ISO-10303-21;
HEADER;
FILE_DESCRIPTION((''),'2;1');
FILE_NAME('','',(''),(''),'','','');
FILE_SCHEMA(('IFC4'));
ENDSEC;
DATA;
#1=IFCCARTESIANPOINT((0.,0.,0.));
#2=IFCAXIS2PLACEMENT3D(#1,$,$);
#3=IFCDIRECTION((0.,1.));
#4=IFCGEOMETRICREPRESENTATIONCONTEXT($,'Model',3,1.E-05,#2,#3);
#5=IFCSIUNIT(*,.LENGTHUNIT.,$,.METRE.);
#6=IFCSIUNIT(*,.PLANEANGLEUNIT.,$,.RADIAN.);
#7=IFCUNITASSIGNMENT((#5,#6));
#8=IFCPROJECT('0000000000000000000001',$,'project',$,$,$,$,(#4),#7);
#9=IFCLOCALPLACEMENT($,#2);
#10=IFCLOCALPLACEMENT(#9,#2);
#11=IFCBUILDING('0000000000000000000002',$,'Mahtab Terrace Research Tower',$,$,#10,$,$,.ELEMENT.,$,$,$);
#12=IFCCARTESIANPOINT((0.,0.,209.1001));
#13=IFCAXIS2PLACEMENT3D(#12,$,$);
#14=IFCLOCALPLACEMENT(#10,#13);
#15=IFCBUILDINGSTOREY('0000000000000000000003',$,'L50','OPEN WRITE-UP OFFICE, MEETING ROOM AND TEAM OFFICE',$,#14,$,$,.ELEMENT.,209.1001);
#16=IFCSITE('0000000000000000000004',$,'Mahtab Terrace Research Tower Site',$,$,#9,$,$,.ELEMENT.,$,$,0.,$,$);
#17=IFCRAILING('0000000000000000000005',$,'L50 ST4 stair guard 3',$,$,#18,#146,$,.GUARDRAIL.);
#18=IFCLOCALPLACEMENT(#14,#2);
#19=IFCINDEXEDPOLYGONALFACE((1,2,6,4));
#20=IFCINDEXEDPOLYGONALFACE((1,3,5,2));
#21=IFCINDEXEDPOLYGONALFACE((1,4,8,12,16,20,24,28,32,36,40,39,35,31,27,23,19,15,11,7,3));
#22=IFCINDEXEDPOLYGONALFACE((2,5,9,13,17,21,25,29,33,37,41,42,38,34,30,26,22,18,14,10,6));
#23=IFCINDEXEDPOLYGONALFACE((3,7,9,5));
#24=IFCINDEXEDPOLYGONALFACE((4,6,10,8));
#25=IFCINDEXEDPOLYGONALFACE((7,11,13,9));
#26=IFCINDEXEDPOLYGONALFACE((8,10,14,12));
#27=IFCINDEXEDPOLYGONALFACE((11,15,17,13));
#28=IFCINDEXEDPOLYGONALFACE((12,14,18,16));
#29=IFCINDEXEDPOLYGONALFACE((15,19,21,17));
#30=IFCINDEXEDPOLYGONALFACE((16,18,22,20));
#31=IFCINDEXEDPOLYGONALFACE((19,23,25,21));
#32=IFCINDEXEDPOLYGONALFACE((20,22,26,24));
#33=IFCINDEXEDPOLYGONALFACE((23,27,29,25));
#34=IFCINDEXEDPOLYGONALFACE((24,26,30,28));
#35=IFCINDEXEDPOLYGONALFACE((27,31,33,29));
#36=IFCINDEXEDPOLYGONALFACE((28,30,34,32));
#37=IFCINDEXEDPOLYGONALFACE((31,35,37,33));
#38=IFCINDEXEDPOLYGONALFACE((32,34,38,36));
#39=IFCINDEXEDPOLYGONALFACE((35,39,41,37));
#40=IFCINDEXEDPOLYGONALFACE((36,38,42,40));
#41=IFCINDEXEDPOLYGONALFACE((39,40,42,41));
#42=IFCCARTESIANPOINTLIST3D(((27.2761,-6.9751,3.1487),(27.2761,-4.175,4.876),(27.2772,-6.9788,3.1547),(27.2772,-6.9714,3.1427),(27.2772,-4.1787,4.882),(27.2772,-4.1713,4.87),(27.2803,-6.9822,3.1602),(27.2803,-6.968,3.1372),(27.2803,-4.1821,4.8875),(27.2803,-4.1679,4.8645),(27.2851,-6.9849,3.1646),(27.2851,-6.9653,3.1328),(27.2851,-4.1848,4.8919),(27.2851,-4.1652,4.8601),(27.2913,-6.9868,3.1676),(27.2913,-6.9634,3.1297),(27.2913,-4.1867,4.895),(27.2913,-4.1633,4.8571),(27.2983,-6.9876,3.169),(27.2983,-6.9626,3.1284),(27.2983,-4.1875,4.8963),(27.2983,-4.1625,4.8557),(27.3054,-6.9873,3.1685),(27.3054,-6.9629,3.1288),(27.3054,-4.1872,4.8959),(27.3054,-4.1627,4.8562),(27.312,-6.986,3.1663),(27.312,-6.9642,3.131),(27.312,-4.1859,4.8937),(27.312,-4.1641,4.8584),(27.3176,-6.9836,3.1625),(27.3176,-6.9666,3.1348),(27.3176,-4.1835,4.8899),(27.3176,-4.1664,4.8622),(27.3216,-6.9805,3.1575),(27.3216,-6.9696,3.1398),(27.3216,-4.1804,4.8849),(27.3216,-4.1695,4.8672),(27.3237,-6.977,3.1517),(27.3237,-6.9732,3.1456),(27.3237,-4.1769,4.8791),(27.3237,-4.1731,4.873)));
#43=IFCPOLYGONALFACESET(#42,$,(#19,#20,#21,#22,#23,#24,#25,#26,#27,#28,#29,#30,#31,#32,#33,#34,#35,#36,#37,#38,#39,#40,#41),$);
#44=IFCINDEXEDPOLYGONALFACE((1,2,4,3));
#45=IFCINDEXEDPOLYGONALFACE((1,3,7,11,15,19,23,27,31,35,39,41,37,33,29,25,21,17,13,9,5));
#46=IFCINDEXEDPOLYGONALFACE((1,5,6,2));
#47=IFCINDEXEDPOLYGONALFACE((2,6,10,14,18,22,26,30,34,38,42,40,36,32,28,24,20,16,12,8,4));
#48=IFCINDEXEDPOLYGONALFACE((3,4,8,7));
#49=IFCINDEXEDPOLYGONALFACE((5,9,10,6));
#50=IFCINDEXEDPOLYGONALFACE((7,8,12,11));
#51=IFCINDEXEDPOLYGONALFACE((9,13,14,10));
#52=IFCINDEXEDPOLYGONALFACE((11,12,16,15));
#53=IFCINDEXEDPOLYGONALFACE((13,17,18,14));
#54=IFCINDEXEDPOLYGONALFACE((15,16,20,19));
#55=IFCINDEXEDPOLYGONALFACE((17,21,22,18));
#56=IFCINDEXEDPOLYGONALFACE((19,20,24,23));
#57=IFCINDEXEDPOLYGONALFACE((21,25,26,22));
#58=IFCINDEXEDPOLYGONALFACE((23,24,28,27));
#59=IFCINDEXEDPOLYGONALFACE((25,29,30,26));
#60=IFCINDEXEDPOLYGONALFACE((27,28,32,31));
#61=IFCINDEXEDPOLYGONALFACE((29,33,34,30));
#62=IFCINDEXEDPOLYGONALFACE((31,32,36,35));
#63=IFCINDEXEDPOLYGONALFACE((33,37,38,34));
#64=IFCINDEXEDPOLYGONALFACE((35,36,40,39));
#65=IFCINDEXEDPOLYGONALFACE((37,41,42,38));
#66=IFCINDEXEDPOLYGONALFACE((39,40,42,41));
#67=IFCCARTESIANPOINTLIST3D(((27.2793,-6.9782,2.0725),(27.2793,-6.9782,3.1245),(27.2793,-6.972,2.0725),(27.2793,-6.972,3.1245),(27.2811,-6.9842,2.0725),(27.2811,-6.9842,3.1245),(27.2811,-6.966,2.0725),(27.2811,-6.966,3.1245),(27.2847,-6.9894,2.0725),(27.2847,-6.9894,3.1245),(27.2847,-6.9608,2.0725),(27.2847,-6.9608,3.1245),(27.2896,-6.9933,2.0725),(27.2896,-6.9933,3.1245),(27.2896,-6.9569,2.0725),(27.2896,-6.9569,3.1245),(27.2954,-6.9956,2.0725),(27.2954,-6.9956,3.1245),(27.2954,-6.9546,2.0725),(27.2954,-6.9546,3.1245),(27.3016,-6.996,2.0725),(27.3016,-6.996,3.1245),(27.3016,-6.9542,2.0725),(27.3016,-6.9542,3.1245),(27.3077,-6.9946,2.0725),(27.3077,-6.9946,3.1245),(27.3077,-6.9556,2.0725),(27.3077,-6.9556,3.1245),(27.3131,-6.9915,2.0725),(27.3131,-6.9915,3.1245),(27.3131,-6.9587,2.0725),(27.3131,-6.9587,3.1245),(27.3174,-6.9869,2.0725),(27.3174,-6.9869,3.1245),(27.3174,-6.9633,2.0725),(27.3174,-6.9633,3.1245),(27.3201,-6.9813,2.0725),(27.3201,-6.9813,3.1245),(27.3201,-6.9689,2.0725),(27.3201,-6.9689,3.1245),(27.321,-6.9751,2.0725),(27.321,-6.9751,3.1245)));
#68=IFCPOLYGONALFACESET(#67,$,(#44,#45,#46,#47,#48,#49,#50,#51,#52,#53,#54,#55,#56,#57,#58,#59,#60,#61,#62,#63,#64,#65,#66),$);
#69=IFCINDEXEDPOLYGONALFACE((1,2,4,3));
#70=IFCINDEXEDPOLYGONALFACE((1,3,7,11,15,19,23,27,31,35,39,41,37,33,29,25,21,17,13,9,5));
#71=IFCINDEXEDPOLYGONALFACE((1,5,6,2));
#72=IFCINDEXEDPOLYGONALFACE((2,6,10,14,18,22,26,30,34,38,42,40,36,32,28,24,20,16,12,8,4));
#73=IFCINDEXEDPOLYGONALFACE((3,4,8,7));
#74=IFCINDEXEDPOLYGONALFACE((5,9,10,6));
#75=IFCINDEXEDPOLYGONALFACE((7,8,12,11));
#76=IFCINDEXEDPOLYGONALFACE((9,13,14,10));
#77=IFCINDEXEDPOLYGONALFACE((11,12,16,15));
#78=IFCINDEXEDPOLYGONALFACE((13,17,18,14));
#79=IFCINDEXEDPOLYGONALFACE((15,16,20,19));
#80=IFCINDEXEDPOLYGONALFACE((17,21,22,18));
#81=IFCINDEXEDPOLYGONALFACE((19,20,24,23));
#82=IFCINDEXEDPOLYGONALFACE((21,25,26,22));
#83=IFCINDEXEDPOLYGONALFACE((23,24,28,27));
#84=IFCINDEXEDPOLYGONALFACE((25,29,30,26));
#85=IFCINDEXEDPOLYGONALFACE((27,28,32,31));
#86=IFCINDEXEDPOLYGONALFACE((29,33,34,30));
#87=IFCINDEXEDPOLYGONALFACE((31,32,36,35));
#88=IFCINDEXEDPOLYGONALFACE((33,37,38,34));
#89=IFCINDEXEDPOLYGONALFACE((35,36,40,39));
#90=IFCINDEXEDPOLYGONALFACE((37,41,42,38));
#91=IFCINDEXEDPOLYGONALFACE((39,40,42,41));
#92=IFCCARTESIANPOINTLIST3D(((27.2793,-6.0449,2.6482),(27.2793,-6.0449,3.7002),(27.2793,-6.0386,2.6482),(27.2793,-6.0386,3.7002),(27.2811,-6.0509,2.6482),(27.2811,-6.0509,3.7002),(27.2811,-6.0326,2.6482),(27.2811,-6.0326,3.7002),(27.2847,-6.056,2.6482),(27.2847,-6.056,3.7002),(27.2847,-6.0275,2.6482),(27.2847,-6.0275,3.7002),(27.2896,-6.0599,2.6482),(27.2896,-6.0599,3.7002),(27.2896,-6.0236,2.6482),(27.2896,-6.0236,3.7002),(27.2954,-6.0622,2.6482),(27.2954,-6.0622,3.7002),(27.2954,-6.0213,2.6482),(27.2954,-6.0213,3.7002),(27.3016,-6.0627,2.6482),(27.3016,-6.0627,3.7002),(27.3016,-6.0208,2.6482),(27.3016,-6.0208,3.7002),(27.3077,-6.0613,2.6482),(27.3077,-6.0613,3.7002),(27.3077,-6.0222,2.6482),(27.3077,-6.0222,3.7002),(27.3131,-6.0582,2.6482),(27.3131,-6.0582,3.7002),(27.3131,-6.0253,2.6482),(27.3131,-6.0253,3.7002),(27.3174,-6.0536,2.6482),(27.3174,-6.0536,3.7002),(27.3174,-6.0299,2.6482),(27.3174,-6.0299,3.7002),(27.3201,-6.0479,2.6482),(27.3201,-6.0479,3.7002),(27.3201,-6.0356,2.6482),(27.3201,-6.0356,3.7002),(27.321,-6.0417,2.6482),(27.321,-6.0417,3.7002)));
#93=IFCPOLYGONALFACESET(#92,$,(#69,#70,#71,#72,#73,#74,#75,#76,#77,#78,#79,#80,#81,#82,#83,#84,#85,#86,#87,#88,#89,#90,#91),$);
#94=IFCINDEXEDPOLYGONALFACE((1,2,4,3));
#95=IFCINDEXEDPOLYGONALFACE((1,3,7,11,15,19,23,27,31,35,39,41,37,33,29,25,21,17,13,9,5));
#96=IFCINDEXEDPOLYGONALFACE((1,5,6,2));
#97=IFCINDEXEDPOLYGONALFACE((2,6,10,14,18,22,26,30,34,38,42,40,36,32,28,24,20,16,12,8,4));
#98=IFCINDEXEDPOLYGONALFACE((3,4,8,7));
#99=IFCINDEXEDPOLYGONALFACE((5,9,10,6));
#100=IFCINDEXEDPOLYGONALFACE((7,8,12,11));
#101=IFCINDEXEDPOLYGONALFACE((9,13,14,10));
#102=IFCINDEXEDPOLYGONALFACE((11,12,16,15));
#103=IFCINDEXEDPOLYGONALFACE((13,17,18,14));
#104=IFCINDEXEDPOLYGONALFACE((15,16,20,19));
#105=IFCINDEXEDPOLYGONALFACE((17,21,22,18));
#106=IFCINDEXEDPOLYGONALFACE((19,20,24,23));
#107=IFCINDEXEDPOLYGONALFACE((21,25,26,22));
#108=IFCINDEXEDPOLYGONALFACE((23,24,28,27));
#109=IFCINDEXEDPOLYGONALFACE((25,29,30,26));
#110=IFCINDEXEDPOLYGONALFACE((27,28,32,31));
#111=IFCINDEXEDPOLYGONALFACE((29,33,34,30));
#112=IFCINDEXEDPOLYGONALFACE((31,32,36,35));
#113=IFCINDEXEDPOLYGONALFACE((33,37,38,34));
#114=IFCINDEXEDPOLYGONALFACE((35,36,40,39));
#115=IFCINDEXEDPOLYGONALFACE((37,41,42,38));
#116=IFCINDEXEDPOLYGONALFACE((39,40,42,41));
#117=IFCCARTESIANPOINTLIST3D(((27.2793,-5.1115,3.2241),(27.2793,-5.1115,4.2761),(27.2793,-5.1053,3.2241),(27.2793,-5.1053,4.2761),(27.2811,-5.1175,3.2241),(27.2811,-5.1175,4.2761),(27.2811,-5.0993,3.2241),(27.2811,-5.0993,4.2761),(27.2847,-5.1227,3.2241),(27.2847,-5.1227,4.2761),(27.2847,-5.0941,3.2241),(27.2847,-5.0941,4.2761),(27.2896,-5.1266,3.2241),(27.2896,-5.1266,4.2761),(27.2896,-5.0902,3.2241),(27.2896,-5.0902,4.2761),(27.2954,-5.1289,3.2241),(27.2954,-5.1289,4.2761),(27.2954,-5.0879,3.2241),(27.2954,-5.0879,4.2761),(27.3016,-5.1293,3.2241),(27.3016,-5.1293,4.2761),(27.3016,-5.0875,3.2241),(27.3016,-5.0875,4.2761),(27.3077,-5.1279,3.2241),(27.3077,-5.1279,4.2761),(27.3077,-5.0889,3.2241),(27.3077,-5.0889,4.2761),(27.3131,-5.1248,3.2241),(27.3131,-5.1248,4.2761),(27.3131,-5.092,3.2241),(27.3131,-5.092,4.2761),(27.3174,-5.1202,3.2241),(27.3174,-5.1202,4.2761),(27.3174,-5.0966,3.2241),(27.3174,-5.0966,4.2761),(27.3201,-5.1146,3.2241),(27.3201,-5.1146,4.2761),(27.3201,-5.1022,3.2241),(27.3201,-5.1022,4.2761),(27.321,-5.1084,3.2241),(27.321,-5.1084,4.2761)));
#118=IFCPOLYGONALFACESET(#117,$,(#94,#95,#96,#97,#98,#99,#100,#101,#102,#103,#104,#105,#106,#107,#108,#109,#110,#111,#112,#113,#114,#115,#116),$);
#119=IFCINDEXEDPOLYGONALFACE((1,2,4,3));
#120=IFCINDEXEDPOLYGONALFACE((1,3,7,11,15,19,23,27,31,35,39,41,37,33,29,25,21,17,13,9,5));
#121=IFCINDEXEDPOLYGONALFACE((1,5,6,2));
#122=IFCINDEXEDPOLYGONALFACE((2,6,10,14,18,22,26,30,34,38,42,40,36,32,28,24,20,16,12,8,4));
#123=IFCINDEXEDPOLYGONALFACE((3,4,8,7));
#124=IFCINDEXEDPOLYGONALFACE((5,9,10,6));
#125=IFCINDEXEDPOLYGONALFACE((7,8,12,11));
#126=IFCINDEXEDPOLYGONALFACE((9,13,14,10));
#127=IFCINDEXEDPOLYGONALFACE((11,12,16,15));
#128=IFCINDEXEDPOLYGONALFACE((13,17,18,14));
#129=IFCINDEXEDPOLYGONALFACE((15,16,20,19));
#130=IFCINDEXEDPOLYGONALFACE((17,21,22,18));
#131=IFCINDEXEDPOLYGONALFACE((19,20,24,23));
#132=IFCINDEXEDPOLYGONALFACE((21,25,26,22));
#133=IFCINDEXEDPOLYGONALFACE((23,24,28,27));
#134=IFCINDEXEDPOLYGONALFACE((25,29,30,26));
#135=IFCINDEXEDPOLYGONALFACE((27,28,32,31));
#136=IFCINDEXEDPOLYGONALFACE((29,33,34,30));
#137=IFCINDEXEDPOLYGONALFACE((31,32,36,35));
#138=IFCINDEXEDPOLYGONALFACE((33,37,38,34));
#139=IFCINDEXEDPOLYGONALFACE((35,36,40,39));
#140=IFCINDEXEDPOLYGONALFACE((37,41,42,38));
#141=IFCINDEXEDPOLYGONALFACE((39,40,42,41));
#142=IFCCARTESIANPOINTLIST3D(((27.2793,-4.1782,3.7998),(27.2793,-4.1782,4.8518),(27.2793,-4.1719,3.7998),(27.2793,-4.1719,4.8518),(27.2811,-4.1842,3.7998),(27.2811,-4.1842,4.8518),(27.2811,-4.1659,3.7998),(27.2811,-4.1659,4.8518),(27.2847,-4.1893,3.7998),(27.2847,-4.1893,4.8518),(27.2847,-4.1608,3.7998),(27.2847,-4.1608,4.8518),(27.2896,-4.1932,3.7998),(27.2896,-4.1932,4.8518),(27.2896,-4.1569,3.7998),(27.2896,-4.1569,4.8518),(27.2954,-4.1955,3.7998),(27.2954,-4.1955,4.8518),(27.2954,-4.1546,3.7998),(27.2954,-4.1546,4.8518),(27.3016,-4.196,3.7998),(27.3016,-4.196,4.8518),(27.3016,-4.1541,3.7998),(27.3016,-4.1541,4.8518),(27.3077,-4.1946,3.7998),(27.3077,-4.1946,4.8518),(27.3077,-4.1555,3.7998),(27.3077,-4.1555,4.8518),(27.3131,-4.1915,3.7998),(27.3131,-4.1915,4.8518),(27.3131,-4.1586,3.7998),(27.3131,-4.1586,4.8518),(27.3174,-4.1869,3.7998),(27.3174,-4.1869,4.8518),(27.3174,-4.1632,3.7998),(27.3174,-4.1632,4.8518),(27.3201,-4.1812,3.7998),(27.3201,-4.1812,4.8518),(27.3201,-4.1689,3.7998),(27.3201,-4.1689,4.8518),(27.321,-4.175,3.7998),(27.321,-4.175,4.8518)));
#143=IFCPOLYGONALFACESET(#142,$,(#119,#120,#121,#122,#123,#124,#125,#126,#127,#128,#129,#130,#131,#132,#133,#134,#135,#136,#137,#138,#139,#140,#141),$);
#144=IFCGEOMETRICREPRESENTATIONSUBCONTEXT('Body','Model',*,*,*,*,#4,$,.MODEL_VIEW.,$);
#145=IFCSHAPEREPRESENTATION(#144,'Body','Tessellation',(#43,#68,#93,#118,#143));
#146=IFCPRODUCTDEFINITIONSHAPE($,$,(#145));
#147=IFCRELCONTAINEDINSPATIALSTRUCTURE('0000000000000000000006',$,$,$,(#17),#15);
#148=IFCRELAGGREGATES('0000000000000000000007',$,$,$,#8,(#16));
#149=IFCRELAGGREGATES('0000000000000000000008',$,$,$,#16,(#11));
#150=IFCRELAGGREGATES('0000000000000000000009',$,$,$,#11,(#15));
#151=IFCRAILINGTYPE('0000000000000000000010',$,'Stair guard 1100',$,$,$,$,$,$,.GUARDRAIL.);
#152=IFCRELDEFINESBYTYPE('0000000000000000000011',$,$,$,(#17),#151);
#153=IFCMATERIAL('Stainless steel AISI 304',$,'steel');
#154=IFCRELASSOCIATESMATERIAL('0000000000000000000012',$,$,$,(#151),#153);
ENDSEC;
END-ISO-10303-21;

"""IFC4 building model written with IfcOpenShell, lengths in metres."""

from ifc_helpers import new_model, si_unit, direction, frame, origin, origin_2d, place, context, subcontext, project, spatial, circle, extrude, material, type_object, element, save


model = new_model("IFC4")

# Units and contexts
model_context = context("Model", 3, precision=1e-05, world=origin(), true_north=direction((0.0, 1.0)))
body_context = subcontext(model_context, "Body", "Model", "MODEL_VIEW")
ifc_project = project(units=[si_unit("LENGTHUNIT", "METRE"), si_unit("PLANEANGLEUNIT", "RADIAN")], contexts=[model_context])

# Site, building, storey
site_placement = place(None, origin())
site = spatial("IfcSite", under=ifc_project, at=site_placement, Name="Mahtab Terrace Research Tower Site", CompositionType="ELEMENT", RefElevation=0.0)
building_placement = place(site_placement, origin())
building = spatial("IfcBuilding", under=site, at=building_placement, Name="Mahtab Terrace Research Tower", CompositionType="ELEMENT")
storey_placement = place(building_placement, frame((0.0, 0.0, 209.1001)))
storey = spatial("IfcBuildingStorey", under=building, at=storey_placement, Name="L50", Description="OPEN WRITE-UP OFFICE, MEETING ROOM AND TEAM OFFICE", CompositionType="ELEMENT", Elevation=209.1001)

# Railing
ifc_material_1 = material(Name="Stainless steel AISI 304", Category="steel")
railing_type_1 = type_object("IfcRailingType", Name="Stair guard 1100", PredefinedType="GUARDRAIL", material=ifc_material_1)
railing_1_placement = place(storey_placement, frame((27.3, -6.9751, 2.0725)))
element("IfcRailing", 1, at=railing_1_placement, inside=storey, type_object=railing_type_1, Name="L50 ST4 stair guard 3", PredefinedType="GUARDRAIL", context=body_context, shape_type="SweptSolid", body=[
    extrude(circle(Radius=0.0239, at=origin_2d()), frame((0.0, 0.0, 1.0762), z_axis=(0.0, 0.85109, 0.52502), x_axis=(-1.0, 0.0, 0.0)), (0.0, 0.0, 1.0), 3.29),
    extrude(circle(Radius=0.021, at=origin_2d()), origin(), (0.0, 0.0, 1.0), 1.052),
    extrude(circle(Radius=0.021, at=origin_2d()), frame((0.0, 0.9333, 0.5757)), (0.0, 0.0, 1.0), 1.052),
    extrude(circle(Radius=0.021, at=origin_2d()), frame((0.0, 1.8667, 1.1516)), (0.0, 0.0, 1.0), 1.052),
    extrude(circle(Radius=0.021, at=origin_2d()), frame((0.0, 2.8, 1.7273)), (0.0, 0.0, 1.0), 1.052),
])

save(model, "model.ifc")
